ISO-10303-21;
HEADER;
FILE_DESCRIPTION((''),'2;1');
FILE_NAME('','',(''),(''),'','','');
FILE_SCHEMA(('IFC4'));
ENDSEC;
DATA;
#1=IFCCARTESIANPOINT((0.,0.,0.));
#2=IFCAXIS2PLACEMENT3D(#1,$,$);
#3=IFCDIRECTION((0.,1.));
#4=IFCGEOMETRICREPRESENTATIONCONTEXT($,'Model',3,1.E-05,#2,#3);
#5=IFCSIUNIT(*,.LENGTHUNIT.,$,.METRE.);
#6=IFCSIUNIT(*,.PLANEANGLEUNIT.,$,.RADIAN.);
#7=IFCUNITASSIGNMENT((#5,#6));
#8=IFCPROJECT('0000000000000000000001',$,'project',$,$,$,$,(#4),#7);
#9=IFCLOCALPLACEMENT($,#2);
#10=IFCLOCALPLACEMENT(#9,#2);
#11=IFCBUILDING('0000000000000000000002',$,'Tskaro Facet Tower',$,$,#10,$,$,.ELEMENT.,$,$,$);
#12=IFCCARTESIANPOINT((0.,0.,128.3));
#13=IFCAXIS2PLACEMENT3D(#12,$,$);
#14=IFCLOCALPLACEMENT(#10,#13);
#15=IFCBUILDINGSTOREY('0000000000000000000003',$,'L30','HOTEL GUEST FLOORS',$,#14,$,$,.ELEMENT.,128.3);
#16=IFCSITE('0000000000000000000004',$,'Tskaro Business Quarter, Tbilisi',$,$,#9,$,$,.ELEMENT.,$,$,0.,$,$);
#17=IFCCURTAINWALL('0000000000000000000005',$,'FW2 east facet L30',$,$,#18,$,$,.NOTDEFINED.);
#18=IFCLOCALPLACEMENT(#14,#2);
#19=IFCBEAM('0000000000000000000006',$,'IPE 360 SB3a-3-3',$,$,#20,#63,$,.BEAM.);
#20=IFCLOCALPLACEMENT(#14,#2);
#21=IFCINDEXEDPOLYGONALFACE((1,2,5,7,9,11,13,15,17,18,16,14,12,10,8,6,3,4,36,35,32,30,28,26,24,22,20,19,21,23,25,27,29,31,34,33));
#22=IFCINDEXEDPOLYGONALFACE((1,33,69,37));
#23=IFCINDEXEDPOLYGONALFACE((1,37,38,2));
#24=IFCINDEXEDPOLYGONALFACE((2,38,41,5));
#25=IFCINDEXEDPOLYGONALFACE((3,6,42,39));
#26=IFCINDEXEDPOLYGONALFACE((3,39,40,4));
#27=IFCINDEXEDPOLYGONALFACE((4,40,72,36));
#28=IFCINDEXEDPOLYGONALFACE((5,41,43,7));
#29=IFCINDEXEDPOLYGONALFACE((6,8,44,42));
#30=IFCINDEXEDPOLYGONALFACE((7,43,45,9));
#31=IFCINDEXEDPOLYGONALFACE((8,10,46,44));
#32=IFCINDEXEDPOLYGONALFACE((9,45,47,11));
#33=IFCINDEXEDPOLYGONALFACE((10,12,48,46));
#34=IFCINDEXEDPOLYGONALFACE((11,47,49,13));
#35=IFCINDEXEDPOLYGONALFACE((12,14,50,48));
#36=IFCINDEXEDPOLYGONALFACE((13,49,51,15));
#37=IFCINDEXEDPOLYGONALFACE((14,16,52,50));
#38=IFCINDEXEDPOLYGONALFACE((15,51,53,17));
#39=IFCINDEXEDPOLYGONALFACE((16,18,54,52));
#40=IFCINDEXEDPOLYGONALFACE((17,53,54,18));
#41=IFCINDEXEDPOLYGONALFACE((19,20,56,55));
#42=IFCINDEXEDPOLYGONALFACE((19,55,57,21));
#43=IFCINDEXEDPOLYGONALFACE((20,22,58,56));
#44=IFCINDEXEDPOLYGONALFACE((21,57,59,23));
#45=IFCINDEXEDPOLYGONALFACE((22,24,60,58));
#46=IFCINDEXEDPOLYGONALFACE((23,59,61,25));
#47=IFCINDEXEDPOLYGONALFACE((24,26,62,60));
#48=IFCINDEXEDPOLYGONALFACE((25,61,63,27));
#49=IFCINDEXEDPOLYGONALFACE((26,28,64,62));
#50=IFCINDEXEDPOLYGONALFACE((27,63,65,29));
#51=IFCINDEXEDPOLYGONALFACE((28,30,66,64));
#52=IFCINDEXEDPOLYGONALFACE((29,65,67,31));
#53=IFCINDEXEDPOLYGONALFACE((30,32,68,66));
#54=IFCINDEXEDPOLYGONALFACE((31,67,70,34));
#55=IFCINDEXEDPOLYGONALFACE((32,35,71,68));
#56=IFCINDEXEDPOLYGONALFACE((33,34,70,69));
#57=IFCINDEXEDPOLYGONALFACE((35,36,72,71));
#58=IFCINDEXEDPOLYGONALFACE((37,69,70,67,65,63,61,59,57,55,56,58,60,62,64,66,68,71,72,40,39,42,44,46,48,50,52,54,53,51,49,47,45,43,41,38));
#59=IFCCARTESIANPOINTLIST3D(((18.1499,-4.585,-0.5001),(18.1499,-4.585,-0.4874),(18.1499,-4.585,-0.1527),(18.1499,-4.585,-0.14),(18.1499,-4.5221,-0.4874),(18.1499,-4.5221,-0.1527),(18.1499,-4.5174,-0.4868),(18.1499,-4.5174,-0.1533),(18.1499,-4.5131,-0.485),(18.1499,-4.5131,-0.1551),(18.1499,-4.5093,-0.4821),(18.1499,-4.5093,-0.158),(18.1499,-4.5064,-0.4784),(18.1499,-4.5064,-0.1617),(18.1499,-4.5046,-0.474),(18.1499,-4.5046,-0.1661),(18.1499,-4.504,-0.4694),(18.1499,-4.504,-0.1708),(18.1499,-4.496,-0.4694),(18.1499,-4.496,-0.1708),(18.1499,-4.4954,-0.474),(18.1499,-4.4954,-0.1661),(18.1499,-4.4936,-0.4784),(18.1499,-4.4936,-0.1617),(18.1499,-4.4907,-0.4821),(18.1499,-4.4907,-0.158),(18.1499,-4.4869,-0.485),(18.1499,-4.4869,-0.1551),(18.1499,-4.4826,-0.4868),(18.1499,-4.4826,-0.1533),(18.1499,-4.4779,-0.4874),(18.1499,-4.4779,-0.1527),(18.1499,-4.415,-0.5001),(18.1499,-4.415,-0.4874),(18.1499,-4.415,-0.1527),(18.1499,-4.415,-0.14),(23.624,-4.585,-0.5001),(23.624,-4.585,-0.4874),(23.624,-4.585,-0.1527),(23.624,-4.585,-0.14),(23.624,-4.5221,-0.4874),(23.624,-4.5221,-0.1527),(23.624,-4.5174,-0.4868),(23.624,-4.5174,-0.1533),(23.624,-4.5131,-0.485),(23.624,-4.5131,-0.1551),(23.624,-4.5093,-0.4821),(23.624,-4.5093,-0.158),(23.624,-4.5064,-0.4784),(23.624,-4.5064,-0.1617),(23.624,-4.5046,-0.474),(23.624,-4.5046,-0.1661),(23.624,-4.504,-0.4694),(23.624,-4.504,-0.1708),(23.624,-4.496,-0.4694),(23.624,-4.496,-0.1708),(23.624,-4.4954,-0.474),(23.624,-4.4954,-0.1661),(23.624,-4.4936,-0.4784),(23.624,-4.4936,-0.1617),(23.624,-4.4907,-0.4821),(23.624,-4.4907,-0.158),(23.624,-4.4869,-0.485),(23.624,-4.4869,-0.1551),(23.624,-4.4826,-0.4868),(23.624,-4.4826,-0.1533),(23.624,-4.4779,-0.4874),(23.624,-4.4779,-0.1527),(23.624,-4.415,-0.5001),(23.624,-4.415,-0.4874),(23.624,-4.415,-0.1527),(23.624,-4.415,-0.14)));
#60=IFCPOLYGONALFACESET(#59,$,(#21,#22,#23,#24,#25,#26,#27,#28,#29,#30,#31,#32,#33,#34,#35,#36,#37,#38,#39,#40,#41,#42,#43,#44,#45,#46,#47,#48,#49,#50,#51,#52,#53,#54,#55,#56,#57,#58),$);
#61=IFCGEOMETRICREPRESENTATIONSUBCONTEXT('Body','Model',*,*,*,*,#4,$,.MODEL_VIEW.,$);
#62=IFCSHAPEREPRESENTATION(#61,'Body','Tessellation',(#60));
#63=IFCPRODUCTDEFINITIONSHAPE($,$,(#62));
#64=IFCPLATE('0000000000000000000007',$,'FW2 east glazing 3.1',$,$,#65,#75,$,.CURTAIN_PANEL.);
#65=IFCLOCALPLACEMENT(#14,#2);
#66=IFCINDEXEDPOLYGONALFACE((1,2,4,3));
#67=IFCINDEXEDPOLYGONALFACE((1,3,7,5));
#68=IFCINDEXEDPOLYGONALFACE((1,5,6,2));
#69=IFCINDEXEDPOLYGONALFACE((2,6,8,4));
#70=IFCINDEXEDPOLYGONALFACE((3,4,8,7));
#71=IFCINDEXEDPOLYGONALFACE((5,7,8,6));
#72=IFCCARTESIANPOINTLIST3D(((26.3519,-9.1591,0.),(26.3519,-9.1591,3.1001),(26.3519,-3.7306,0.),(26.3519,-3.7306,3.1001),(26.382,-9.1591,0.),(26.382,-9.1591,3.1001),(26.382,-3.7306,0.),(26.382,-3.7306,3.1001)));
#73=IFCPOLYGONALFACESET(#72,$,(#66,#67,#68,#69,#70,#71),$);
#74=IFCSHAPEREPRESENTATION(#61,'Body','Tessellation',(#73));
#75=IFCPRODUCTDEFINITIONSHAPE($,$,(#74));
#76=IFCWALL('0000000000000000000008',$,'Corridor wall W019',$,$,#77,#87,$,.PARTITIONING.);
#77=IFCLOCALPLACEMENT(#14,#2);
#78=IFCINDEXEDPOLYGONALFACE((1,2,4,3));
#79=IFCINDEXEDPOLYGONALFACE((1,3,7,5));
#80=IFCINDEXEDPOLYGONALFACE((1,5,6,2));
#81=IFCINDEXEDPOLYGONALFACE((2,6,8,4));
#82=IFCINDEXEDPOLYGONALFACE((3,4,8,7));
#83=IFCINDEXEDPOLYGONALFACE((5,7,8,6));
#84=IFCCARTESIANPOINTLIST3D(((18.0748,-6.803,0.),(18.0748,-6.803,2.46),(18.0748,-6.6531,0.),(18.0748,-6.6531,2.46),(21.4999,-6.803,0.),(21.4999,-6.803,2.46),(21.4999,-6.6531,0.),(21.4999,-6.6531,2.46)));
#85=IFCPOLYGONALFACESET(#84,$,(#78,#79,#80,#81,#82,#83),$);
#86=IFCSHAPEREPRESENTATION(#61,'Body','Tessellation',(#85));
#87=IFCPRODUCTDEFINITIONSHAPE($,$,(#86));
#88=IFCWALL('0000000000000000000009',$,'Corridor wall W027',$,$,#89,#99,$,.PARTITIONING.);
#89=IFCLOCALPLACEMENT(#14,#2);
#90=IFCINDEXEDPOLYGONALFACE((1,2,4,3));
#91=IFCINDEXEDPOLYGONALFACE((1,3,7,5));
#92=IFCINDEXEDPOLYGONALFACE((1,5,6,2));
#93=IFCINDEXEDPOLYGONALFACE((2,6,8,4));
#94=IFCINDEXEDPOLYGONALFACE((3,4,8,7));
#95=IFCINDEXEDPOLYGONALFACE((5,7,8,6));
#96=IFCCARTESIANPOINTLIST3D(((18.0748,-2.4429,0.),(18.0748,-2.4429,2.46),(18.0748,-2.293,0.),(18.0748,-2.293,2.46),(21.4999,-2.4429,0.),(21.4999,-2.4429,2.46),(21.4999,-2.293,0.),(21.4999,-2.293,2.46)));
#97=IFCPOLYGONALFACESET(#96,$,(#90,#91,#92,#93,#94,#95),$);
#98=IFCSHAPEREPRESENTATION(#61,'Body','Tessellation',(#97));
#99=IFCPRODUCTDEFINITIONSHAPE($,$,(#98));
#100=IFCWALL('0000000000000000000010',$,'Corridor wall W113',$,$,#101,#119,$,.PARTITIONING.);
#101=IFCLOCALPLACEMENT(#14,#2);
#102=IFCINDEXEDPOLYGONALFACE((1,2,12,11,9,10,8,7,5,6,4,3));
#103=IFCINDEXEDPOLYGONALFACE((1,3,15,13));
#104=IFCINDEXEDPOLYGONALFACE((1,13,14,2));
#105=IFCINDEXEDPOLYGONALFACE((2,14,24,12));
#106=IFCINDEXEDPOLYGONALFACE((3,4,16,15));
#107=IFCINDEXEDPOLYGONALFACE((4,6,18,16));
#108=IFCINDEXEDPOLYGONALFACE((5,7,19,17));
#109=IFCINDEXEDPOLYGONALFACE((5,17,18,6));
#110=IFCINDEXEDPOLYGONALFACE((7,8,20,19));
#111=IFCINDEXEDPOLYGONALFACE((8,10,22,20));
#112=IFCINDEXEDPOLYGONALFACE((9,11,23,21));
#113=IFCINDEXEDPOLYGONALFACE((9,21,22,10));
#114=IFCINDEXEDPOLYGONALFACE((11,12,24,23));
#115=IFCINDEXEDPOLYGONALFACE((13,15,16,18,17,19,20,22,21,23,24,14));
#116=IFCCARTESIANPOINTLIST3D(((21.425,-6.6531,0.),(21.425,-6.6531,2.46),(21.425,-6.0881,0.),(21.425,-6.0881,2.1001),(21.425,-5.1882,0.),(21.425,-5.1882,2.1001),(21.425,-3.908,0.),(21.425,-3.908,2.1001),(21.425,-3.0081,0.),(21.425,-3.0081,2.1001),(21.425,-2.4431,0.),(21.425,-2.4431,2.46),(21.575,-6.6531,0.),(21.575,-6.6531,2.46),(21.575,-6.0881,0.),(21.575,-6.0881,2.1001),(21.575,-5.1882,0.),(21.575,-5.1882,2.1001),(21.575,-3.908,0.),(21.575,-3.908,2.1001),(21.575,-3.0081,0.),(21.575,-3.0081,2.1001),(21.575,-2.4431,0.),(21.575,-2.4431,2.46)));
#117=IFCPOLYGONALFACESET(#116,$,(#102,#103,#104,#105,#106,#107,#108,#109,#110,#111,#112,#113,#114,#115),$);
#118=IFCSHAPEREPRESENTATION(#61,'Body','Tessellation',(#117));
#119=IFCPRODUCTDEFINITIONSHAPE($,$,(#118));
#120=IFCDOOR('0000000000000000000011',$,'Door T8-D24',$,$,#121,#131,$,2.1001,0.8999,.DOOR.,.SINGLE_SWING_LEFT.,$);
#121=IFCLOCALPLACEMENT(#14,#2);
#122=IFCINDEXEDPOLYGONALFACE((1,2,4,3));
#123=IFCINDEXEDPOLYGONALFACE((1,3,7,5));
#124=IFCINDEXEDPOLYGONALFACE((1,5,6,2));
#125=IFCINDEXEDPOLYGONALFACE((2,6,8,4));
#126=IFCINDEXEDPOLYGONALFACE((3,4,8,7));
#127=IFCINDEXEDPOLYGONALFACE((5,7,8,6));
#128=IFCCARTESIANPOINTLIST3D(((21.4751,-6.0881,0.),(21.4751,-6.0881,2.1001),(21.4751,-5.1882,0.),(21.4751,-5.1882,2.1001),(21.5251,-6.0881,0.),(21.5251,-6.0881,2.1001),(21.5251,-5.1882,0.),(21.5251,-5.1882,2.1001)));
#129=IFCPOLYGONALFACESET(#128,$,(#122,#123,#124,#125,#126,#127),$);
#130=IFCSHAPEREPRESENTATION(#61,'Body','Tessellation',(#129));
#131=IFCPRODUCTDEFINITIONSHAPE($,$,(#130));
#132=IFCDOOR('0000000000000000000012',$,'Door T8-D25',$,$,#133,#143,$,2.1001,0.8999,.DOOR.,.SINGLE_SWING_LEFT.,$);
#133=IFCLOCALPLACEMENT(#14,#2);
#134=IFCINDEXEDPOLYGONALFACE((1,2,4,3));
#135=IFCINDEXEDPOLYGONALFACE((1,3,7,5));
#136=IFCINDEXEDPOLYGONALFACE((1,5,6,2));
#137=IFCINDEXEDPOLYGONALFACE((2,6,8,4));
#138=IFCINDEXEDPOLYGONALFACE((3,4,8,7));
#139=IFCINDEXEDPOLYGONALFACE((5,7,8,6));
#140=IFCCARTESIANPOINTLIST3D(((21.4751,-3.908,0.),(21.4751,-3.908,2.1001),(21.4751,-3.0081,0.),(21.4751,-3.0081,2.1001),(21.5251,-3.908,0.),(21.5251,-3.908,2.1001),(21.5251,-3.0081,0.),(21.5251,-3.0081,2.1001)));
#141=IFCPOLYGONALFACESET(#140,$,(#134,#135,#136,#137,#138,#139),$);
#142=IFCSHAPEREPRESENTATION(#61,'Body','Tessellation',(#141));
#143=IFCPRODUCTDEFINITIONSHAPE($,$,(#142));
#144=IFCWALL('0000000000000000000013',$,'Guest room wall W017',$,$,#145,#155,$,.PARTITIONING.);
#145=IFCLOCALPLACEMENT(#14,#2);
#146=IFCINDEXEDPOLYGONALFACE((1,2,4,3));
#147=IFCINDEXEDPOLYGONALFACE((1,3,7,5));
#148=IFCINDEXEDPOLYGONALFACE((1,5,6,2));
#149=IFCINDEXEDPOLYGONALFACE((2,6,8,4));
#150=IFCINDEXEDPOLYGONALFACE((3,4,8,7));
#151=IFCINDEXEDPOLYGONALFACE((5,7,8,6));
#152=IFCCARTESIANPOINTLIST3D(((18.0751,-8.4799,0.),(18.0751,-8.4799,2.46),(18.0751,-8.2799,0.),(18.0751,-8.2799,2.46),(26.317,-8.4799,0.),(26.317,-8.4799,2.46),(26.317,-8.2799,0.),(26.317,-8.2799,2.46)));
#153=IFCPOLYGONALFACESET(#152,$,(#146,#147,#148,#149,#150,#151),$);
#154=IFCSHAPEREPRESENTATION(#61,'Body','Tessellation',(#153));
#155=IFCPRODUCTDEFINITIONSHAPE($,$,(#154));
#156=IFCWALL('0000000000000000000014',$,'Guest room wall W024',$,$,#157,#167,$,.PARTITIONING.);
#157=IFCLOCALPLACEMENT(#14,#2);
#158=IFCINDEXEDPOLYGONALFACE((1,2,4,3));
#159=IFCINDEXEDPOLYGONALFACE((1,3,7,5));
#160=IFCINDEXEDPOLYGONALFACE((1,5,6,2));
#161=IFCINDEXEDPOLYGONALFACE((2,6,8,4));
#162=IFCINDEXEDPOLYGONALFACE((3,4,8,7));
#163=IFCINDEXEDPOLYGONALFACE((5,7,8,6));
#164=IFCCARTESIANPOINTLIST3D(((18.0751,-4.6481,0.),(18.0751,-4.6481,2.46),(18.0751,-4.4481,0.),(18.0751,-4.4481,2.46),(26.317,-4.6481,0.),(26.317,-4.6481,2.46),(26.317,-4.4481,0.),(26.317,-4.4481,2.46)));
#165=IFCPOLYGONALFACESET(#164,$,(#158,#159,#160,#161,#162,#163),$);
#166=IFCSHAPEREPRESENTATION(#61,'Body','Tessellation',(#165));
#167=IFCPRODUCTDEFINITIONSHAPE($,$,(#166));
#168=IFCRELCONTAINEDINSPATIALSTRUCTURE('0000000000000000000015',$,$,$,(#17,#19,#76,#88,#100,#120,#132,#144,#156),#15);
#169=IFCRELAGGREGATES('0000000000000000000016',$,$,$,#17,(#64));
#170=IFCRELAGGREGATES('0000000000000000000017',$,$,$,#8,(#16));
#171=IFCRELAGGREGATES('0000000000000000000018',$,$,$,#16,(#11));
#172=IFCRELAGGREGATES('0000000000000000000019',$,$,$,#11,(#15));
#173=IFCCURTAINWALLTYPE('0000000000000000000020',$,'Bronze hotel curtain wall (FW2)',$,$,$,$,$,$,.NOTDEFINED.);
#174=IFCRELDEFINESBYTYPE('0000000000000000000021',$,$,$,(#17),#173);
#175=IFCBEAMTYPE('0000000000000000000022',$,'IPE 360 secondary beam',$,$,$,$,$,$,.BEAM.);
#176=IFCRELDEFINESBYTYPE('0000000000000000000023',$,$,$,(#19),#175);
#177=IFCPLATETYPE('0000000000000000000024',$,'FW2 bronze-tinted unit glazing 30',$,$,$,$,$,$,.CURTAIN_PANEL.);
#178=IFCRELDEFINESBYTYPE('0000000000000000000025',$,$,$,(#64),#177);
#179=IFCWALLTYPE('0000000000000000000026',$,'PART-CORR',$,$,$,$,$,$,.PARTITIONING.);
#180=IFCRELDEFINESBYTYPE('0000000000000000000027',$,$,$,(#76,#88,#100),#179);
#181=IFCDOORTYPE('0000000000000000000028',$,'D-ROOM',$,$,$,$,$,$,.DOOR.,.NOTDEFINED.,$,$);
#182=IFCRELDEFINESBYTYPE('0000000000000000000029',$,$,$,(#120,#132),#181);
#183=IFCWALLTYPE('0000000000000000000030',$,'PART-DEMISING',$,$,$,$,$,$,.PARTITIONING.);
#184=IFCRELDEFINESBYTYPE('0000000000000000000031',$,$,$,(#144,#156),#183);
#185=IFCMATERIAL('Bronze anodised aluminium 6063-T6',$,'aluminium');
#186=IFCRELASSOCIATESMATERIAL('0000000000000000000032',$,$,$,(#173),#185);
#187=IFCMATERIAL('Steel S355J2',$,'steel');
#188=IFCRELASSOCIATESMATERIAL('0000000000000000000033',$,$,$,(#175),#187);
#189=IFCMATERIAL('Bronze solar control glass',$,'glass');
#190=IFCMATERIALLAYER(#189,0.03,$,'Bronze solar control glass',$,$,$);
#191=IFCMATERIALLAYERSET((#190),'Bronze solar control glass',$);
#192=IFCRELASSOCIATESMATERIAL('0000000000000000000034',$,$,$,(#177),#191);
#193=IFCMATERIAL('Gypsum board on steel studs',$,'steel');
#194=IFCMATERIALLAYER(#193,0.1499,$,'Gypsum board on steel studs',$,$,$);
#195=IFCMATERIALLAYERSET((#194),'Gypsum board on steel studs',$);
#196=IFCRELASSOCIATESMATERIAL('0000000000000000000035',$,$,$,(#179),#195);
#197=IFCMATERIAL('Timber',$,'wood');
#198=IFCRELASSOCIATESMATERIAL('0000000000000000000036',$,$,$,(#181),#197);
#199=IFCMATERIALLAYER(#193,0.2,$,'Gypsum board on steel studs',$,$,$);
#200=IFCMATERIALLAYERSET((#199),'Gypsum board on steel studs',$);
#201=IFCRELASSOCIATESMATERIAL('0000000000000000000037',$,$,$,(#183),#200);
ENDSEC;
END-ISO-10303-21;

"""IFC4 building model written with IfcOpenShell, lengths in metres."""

from ifc_helpers import new_model, si_unit, direction, frame, frame_2d, origin, origin_2d, place, context, subcontext, project, spatial, rectangle, i_section, extrude, material, layer, layer_set, material_profile, profile_set, type_object, element, fill, aggregate, save


model = new_model("IFC4")

# Units and contexts
model_context = context("Model", 3, precision=1e-05, world=origin(), true_north=direction((0.0, 1.0)))
body_context = subcontext(model_context, "Body", "Model", "MODEL_VIEW")
ifc_project = project(units=[si_unit("LENGTHUNIT", "METRE"), si_unit("PLANEANGLEUNIT", "RADIAN")], contexts=[model_context])

# Site, building, storey
site_placement = place(None, origin())
site = spatial("IfcSite", under=ifc_project, at=site_placement, Name="Tskaro Business Quarter, Tbilisi", CompositionType="ELEMENT", RefElevation=0.0)
building_placement = place(site_placement, origin())
building = spatial("IfcBuilding", under=site, at=building_placement, Name="Tskaro Facet Tower", CompositionType="ELEMENT")
storey_placement = place(building_placement, frame((0.0, 0.0, 128.3)))
storey = spatial("IfcBuildingStorey", under=building, at=storey_placement, Name="L30", Description="HOTEL GUEST FLOORS", CompositionType="ELEMENT", Elevation=128.3)

# Curtain wall
ifc_material_1 = material(Name="Bronze anodised aluminium 6063-T6", Category="aluminium")
curtain_wall_type = type_object("IfcCurtainWallType", Name="Bronze hotel curtain wall (FW2)", PredefinedType="NOTDEFINED", material=ifc_material_1)
curtain_wall_placement = place(storey_placement, origin())
curtain_wall = element("IfcCurtainWall", 1, at=curtain_wall_placement, inside=storey, type_object=curtain_wall_type, Name="FW2 east facet L30", PredefinedType="NOTDEFINED")

# Beam
ifc_material_2 = material(Name="Steel S355J2", Category="steel")
ifc_material_profile_1 = material_profile(ifc_material_2, i_section(OverallWidth=0.1699, OverallDepth=0.3601, WebThickness=0.0081, FlangeThickness=0.0127, FilletRadius=0.0181, at=origin_2d()), Name="IPE 360")
ifc_profile_set_1 = profile_set([ifc_material_profile_1], Name="Steel S355J2")
beam_type_1 = type_object("IfcBeamType", Name="IPE 360 secondary beam", PredefinedType="BEAM", material=ifc_profile_set_1)
beam_1_placement = place(storey_placement, frame((18.1499, -4.5, -0.3201), z_axis=(1.0, 0.0, 0.0), x_axis=(0.0, 1.0, 0.0)))
element("IfcBeam", 2, at=beam_1_placement, inside=storey, type_object=beam_type_1, Name="IPE 360 SB3a-3-3", PredefinedType="BEAM", context=body_context, shape_type="SweptSolid", body=[
    extrude(i_section(OverallWidth=0.1699, OverallDepth=0.3601, WebThickness=0.0081, FlangeThickness=0.0127, FilletRadius=0.0181, at=origin_2d()), origin(), (0.0, 0.0, 1.0), 5.4741),
])

# Plate
ifc_material_3 = material(Name="Bronze solar control glass", Category="glass")
ifc_layer_1 = layer(ifc_material_3, 0.03, Name="Bronze solar control glass")
ifc_layer_set_1 = layer_set([ifc_layer_1], Name="Bronze solar control glass")
plate_type = type_object("IfcPlateType", Name="FW2 bronze-tinted unit glazing 30", PredefinedType="CURTAIN_PANEL", material=ifc_layer_set_1)
plate_placement = place(storey_placement, frame((26.3669, -6.4448, 0.0), z_axis=(0.0, 0.0, 1.0), x_axis=(0.0, 1.0, 0.0)))
plate = element("IfcPlate", 3, at=plate_placement, type_object=plate_type, Name="FW2 east glazing 3.1", PredefinedType="CURTAIN_PANEL", context=body_context, shape_type="SweptSolid", body=[
    extrude(rectangle(XDim=5.4285, YDim=0.03, at=origin_2d()), origin(), (0.0, 0.0, 1.0), 3.1001),
])
aggregate(curtain_wall, [plate])

# Walls
ifc_material_4 = material(Name="Gypsum board on steel studs", Category="steel")
ifc_layer_2 = layer(ifc_material_4, 0.1499, Name="Gypsum board on steel studs")
ifc_layer_set_2 = layer_set([ifc_layer_2], Name="Gypsum board on steel studs")
wall_type_1 = type_object("IfcWallType", Name="PART-CORR", PredefinedType="PARTITIONING", material=ifc_layer_set_2)
for number, where, z_axis, x_axis, name in (
    (4, (18.075, -6.728, 0.0), (0.0, 0.0, 1.0), (1.0, 0.0, 0.0), "Corridor wall W019"),
    (5, (18.075, -2.3679, 0.0), (0.0, 0.0, 1.0), (1.0, 0.0, 0.0), "Corridor wall W027"),
):
    element("IfcWall", number, at=place(storey_placement, frame(where, z_axis=z_axis, x_axis=x_axis)), inside=storey, type_object=wall_type_1, Name=name, PredefinedType="PARTITIONING", context=body_context, shape_type="SweptSolid", body=[
        extrude(rectangle(XDim=3.425, YDim=0.1499, at=frame_2d((1.7124, 0.0))), origin(), (0.0, 0.0, 1.0), 2.46),
    ])

# Wall, openings, doors
wall_placement = place(storey_placement, frame((21.5, -6.6531, 0.0), z_axis=(0.0, 0.0, 1.0), x_axis=(0.0, 1.0, 0.0)))
wall = element("IfcWall", 6, at=wall_placement, inside=storey, type_object=wall_type_1, Name="Corridor wall W113", PredefinedType="PARTITIONING", context=body_context, shape_type="SweptSolid", body=[
    extrude(rectangle(XDim=4.21, YDim=0.1499, at=frame_2d((2.105, 0.0))), origin(), (0.0, 0.0, 1.0), 2.46),
])
opening_1_placement = place(wall_placement, frame((0.5649, 0.0, 0.0)))
opening_1 = element("IfcOpeningElement", 7, at=opening_1_placement, cuts=wall, PredefinedType="OPENING", context=body_context, shape_type="SweptSolid", body=[
    extrude(rectangle(XDim=0.8999, YDim=2.1001, at=frame_2d((0.45, 1.05))), frame((0.0, 0.085, 0.0), z_axis=(0.0, -1.0, 0.0), x_axis=(1.0, 0.0, 0.0)), (0.0, 0.0, 1.0), 0.1699),
])
opening_2_placement = place(wall_placement, frame((2.7451, 0.0, 0.0)))
opening_2 = element("IfcOpeningElement", 8, at=opening_2_placement, cuts=wall, PredefinedType="OPENING", context=body_context, shape_type="SweptSolid", body=[
    extrude(rectangle(XDim=0.8999, YDim=2.1001, at=frame_2d((0.45, 1.05))), frame((0.0, 0.085, 0.0), z_axis=(0.0, -1.0, 0.0), x_axis=(1.0, 0.0, 0.0)), (0.0, 0.0, 1.0), 0.1699),
])
ifc_material_5 = material(Name="Timber", Category="wood")
door_type = type_object("IfcDoorType", Name="D-ROOM", OperationType="NOTDEFINED", PredefinedType="DOOR", material=ifc_material_5)
door_1_placement = place(opening_1_placement, origin())
door_1 = element("IfcDoor", 9, at=door_1_placement, inside=storey, type_object=door_type, Name="Door T8-D24", OperationType="SINGLE_SWING_LEFT", OverallHeight=2.1001, OverallWidth=0.8999, PredefinedType="DOOR", context=body_context, shape_type="SweptSolid", body=[
    extrude(rectangle(XDim=0.8999, YDim=2.1001, at=frame_2d((0.45, 1.05))), frame((0.0, 0.0249, 0.0), z_axis=(0.0, -1.0, 0.0), x_axis=(1.0, 0.0, 0.0)), (0.0, 0.0, 1.0), 0.05),
])
fill(opening_1, door_1)
door_2_placement = place(opening_2_placement, origin())
door_2 = element("IfcDoor", 10, at=door_2_placement, inside=storey, type_object=door_type, Name="Door T8-D25", OperationType="SINGLE_SWING_LEFT", OverallHeight=2.1001, OverallWidth=0.8999, PredefinedType="DOOR", context=body_context, shape_type="SweptSolid", body=[
    extrude(rectangle(XDim=0.8999, YDim=2.1001, at=frame_2d((0.45, 1.05))), frame((0.0, 0.0249, 0.0), z_axis=(0.0, -1.0, 0.0), x_axis=(1.0, 0.0, 0.0)), (0.0, 0.0, 1.0), 0.05),
])
fill(opening_2, door_2)

# Walls
ifc_layer_3 = layer(ifc_material_4, 0.2, Name="Gypsum board on steel studs")
ifc_layer_set_3 = layer_set([ifc_layer_3], Name="Gypsum board on steel studs")
wall_type_2 = type_object("IfcWallType", Name="PART-DEMISING", PredefinedType="PARTITIONING", material=ifc_layer_set_3)
for number, where, z_axis, x_axis, name in (
    (11, (18.075, -8.3799, 0.0), (0.0, 0.0, 1.0), (1.0, 0.0, 0.0), "Guest room wall W017"),
    (12, (18.075, -4.5481, 0.0), (0.0, 0.0, 1.0), (1.0, 0.0, 0.0), "Guest room wall W024"),
):
    element("IfcWall", number, at=place(storey_placement, frame(where, z_axis=z_axis, x_axis=x_axis)), inside=storey, type_object=wall_type_2, Name=name, PredefinedType="PARTITIONING", context=body_context, shape_type="SweptSolid", body=[
        extrude(rectangle(XDim=8.2419, YDim=0.2, at=frame_2d((4.1211, 0.0))), origin(), (0.0, 0.0, 1.0), 2.46),
    ])

save(model, "model.ifc")
